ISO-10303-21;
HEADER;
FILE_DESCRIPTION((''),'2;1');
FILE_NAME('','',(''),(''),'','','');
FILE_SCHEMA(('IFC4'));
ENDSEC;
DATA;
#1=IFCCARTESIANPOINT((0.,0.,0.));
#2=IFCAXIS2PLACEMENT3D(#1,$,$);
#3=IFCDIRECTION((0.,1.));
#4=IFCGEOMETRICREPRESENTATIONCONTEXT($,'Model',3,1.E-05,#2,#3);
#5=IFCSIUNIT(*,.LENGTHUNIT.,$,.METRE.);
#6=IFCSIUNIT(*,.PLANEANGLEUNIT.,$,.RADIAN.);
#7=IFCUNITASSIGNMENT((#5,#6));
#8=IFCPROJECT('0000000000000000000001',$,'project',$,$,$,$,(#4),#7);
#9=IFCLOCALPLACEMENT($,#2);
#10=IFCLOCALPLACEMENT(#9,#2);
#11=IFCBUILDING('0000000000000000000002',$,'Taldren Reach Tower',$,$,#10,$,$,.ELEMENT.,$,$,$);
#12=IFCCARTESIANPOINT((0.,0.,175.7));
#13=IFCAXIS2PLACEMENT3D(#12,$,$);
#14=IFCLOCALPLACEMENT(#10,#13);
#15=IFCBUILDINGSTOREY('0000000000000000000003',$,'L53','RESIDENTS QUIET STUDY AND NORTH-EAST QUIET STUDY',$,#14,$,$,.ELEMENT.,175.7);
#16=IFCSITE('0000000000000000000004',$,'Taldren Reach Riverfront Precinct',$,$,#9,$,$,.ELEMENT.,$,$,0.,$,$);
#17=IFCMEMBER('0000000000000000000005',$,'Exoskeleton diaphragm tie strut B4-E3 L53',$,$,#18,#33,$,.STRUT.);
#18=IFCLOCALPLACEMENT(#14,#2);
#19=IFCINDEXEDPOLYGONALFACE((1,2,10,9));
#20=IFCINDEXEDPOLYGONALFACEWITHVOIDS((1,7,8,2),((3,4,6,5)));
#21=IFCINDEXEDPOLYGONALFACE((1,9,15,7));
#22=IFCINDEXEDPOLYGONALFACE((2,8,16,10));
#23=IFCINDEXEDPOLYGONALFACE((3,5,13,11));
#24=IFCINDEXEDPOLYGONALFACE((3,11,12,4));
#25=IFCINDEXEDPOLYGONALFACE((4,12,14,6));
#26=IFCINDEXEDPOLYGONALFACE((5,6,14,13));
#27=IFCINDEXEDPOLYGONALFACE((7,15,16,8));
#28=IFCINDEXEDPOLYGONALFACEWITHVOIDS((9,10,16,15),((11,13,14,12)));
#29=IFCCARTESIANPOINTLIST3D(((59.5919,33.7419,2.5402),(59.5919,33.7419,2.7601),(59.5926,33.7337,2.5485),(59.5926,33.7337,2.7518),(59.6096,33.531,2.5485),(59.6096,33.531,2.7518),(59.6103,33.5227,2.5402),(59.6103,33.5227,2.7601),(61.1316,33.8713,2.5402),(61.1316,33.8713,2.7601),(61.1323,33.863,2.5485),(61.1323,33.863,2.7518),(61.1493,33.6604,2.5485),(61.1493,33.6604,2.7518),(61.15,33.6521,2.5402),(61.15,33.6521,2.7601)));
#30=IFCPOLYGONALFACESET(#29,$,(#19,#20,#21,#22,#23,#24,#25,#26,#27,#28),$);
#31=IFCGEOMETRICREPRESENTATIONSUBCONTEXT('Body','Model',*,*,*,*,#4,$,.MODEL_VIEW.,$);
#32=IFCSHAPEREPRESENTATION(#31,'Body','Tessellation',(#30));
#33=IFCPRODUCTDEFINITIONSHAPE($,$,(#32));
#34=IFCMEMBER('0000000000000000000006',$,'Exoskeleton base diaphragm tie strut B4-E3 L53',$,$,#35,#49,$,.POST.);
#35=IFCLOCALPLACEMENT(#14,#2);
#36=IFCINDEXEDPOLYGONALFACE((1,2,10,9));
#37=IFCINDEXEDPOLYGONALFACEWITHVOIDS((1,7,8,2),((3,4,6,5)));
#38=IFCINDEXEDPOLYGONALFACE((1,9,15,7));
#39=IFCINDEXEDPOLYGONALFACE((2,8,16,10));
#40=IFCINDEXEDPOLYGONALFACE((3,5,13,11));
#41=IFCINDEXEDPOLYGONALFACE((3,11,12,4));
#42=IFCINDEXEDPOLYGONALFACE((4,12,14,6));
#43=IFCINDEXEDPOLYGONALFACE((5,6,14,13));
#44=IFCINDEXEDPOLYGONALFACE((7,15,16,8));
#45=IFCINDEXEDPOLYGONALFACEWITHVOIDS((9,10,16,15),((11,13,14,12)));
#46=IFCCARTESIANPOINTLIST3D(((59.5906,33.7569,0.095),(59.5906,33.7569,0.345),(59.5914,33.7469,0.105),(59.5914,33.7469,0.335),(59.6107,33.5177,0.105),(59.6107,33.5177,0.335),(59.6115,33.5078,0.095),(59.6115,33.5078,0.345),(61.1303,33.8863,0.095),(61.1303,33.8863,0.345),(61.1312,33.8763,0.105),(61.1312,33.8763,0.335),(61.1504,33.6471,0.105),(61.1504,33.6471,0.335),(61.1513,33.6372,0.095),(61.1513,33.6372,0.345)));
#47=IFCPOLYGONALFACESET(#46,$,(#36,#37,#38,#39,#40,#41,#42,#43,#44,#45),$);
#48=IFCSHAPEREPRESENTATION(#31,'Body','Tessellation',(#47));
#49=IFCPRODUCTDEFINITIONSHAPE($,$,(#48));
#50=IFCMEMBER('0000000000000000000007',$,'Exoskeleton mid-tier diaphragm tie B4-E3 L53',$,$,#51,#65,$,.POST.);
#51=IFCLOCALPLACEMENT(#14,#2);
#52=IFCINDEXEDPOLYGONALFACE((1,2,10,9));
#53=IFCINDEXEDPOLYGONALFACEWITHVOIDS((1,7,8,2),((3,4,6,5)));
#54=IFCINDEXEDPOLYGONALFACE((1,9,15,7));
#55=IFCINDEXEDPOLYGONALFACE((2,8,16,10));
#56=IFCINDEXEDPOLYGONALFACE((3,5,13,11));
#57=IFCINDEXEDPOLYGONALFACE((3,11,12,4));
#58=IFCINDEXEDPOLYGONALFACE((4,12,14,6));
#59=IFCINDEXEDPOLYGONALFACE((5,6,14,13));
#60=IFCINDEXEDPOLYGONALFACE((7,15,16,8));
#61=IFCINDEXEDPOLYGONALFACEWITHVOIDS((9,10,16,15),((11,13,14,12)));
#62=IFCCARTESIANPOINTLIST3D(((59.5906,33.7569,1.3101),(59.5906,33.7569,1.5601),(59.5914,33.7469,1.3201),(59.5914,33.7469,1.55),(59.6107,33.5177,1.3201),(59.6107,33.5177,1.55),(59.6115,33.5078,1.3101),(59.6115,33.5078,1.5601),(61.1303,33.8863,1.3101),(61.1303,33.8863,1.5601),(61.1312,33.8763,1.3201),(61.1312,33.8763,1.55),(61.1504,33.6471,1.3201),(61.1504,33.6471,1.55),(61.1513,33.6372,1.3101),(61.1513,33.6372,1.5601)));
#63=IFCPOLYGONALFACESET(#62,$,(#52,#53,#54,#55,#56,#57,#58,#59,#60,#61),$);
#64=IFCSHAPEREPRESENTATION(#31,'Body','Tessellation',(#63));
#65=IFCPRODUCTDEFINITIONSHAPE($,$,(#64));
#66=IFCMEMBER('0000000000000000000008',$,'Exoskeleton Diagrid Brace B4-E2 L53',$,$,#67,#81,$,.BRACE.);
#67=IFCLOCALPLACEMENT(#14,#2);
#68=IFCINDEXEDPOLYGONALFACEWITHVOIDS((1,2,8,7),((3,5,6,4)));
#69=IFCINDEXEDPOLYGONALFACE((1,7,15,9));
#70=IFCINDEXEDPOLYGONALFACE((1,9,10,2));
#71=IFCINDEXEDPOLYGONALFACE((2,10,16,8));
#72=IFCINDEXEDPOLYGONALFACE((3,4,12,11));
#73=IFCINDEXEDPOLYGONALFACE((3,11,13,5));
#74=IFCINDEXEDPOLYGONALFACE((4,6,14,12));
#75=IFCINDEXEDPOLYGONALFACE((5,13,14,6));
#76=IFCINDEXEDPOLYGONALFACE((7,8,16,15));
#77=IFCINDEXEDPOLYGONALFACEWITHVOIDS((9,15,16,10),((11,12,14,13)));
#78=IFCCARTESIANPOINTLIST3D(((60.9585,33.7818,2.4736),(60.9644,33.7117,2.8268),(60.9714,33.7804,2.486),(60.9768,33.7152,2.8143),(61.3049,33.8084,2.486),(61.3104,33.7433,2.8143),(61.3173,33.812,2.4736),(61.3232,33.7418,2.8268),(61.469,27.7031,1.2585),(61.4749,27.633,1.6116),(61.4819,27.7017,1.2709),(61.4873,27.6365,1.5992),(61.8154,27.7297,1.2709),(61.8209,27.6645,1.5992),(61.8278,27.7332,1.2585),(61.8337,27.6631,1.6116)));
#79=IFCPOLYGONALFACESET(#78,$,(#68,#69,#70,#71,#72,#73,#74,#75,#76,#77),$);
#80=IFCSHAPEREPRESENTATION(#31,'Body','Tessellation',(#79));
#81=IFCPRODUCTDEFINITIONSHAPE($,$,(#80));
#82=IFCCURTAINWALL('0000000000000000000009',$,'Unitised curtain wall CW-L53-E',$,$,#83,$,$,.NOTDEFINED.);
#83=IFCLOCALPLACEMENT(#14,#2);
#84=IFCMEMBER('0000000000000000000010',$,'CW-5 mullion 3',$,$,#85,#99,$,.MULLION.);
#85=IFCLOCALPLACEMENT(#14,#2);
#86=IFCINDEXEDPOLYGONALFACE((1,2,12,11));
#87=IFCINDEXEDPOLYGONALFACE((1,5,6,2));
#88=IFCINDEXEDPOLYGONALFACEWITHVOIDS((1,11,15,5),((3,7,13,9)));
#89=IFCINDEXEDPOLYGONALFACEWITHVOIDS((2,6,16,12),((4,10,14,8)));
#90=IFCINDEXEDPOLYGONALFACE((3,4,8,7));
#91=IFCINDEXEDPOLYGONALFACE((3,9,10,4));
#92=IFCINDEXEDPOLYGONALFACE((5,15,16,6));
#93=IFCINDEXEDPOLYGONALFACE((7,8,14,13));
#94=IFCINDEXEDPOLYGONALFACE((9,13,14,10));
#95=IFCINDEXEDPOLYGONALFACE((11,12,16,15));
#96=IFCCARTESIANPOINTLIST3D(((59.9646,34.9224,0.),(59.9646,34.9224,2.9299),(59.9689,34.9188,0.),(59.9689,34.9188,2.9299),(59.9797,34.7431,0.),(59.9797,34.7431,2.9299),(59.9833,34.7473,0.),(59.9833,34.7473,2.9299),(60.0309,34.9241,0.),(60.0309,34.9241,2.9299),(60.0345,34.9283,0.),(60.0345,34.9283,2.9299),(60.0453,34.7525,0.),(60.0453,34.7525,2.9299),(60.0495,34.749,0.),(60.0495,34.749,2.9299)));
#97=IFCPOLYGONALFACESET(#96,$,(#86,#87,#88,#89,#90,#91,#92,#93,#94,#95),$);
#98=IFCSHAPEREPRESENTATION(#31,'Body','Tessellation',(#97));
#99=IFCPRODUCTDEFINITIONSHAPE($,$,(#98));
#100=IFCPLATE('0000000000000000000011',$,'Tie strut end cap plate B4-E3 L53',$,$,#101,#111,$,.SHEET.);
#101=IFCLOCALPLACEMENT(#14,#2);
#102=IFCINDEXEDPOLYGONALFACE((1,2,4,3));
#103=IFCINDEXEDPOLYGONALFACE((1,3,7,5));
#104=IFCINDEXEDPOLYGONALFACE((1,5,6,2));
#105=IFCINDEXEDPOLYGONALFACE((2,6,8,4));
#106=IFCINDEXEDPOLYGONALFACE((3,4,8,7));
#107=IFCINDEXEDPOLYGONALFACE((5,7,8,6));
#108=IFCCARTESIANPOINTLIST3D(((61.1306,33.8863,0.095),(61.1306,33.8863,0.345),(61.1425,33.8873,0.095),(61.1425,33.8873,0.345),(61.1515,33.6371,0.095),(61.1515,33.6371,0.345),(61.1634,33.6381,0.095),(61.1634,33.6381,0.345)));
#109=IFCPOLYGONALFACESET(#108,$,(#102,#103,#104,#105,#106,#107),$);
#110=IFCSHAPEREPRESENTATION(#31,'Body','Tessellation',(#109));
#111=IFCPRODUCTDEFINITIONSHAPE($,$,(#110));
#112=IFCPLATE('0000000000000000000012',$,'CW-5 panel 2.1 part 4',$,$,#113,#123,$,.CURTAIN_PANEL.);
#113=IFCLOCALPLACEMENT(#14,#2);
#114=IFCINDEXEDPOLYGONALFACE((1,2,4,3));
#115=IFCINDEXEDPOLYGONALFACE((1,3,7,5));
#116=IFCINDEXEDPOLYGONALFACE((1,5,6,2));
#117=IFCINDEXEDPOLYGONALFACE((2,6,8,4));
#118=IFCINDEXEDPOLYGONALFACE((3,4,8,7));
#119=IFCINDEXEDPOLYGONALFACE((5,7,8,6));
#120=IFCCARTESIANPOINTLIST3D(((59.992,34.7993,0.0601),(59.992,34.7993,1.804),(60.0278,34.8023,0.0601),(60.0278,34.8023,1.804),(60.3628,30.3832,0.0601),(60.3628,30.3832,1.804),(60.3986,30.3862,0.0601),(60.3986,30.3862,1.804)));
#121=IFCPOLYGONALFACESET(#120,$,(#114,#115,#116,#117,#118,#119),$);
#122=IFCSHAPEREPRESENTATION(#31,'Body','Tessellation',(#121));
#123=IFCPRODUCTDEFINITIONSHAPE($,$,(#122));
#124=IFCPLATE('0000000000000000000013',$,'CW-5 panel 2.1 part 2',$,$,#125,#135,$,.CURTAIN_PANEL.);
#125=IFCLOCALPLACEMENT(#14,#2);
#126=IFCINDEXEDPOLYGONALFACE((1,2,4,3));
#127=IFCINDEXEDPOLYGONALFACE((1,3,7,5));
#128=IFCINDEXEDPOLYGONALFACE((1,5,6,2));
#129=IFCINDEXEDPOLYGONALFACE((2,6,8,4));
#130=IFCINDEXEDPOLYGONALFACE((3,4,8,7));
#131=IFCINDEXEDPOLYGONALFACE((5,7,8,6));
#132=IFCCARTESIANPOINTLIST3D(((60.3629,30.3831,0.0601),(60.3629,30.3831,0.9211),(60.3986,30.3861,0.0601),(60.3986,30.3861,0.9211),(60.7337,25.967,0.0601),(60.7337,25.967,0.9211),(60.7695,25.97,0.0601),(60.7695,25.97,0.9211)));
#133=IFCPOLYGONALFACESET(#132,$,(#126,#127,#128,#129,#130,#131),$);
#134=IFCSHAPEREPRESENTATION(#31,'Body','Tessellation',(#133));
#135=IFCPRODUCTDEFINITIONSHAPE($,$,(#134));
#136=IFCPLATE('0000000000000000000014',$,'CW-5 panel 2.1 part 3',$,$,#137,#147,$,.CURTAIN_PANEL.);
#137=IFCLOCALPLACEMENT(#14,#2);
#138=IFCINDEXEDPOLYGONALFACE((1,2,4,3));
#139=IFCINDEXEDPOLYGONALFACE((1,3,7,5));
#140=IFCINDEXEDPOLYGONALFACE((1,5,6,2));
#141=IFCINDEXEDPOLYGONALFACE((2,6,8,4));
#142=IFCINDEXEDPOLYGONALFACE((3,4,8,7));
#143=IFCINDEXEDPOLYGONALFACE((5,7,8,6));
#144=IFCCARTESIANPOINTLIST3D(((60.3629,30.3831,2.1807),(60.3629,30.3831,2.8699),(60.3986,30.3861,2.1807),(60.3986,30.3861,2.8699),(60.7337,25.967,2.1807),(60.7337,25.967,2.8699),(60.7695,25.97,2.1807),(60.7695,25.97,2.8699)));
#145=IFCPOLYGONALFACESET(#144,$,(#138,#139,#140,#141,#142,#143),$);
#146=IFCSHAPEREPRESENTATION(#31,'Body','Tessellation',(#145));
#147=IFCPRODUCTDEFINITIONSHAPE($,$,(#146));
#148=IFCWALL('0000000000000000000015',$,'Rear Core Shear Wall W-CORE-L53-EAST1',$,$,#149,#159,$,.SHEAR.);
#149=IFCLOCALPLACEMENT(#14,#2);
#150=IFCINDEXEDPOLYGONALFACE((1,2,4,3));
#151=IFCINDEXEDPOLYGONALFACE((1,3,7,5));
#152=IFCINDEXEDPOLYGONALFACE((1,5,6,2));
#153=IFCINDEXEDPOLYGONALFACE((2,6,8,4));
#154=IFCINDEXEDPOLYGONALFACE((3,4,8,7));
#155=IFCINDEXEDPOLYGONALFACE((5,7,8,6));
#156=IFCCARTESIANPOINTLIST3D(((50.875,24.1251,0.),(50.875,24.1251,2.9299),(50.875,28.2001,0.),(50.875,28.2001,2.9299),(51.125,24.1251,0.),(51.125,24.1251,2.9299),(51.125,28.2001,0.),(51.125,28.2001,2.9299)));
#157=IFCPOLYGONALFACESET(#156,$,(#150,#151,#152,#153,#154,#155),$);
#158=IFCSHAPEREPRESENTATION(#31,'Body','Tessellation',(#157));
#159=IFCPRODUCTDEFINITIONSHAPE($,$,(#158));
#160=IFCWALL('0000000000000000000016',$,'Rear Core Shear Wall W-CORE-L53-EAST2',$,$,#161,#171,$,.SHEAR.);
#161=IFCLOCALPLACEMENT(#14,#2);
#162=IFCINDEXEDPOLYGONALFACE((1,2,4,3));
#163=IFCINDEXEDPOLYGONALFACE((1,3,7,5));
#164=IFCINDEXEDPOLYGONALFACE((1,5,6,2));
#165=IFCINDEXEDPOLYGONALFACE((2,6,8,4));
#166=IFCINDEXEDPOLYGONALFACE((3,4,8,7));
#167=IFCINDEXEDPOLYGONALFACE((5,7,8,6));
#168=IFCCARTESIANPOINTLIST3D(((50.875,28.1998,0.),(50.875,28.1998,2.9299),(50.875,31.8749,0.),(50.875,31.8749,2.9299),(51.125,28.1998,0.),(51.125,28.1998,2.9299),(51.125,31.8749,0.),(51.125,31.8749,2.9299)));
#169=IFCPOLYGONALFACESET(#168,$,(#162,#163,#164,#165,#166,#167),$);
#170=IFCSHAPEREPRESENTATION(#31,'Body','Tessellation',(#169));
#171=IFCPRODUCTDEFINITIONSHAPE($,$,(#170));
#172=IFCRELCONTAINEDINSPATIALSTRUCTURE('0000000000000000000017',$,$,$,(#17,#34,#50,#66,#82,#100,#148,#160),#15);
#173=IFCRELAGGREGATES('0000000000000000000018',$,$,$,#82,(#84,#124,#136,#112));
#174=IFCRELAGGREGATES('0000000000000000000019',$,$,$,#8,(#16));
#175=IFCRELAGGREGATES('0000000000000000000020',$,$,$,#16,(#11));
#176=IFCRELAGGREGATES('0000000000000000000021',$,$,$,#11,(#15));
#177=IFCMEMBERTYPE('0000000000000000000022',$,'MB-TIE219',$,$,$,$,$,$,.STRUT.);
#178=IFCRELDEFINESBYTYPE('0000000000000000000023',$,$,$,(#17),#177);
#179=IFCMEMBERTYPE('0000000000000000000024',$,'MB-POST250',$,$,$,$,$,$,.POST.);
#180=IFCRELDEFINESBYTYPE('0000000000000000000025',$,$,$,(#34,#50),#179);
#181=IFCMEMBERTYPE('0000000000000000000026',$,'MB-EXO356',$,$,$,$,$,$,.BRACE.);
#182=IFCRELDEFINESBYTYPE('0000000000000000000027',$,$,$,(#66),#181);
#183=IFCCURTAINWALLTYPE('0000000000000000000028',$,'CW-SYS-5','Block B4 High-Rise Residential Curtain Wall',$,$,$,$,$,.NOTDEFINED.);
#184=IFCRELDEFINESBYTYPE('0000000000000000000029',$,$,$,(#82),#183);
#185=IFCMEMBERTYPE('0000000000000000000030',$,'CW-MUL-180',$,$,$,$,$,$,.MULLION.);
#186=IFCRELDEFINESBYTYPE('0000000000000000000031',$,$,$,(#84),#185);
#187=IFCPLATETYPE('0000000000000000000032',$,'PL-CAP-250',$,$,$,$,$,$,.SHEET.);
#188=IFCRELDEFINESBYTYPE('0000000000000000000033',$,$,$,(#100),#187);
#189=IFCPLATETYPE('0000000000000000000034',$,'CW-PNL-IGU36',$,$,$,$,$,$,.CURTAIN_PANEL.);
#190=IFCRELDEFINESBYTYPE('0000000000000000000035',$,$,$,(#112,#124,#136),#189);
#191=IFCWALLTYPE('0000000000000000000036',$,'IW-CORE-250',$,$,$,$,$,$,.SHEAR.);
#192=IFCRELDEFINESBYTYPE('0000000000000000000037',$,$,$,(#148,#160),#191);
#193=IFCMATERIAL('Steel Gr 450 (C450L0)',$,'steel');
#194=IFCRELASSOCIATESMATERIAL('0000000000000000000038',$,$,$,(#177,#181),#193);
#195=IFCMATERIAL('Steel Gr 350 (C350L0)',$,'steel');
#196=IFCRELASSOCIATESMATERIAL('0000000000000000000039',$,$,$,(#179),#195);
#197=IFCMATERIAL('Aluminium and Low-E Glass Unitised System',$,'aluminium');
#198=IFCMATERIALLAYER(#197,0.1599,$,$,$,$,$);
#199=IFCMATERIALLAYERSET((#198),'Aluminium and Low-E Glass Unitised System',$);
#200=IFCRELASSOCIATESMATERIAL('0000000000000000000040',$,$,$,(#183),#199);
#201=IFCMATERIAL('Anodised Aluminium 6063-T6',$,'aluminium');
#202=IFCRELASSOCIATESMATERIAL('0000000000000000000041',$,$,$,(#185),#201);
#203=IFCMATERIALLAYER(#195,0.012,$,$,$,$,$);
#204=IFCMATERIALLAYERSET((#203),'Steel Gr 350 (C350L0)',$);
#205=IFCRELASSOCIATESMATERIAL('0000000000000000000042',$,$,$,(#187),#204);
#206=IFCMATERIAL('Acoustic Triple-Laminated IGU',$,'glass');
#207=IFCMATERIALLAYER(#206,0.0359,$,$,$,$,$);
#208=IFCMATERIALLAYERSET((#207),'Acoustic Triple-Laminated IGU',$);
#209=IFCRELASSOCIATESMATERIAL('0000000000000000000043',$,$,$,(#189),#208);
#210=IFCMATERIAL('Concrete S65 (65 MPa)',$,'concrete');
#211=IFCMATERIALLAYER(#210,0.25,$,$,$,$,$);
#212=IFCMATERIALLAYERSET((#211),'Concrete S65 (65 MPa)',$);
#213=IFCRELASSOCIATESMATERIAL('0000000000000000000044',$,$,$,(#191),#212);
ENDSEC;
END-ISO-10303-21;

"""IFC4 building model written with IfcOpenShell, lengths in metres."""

from ifc_helpers import new_model, si_unit, direction, frame, frame_2d, origin, origin_2d, place, context, subcontext, project, spatial, rectangle, hollow_rectangle, extrude, source, transform, mapped, material, layer, layer_set, material_profile, profile_set, type_object, element, aggregate, save


model = new_model("IFC4")

# Units and contexts
model_context = context("Model", 3, precision=1e-05, world=origin(), true_north=direction((0.0, 1.0)))
body_context = subcontext(model_context, "Body", "Model", "MODEL_VIEW")
ifc_project = project(units=[si_unit("LENGTHUNIT", "METRE"), si_unit("PLANEANGLEUNIT", "RADIAN")], contexts=[model_context])

# Site, building, storey
site_placement = place(None, origin())
site = spatial("IfcSite", under=ifc_project, at=site_placement, Name="Taldren Reach Riverfront Precinct", CompositionType="ELEMENT", RefElevation=0.0)
building_placement = place(site_placement, origin())
building = spatial("IfcBuilding", under=site, at=building_placement, Name="Taldren Reach Tower", CompositionType="ELEMENT")
storey_placement = place(building_placement, frame((0.0, 0.0, 175.7)))
storey = spatial("IfcBuildingStorey", under=building, at=storey_placement, Name="L53", Description="RESIDENTS QUIET STUDY AND NORTH-EAST QUIET STUDY", CompositionType="ELEMENT", Elevation=175.7)

# Shared definitions
ifc_material_1 = material(Name="Steel Gr 450 (C450L0)", Category="steel")

# Members
ifc_material_profile_1 = material_profile(ifc_material_1, hollow_rectangle(XDim=0.22, YDim=0.22, WallThickness=0.0083, at=origin_2d()), Name="220x220x8.2SHS")
ifc_profile_set_1 = profile_set([ifc_material_profile_1], Name="Steel Gr 450 (C450L0)")
member_type_1 = type_object("IfcMemberType", Name="MB-TIE219", PredefinedType="STRUT", material=ifc_profile_set_1)
shared_shape_1 = source(origin(), body_context, "Body", "SweptSolid", [
    extrude(hollow_rectangle(XDim=0.22, YDim=0.22, WallThickness=0.0083, at=origin_2d()), origin(), (0.0, 0.0, 1.0), 1.5452),
])
member_1_placement = place(storey_placement, frame((59.6011, 33.6323, 2.6501), z_axis=(0.996488, 0.083738, 0.0), x_axis=(-0.083738, 0.996488, 0.0)))
element("IfcMember", 1, at=member_1_placement, inside=storey, type_object=member_type_1, Name="Exoskeleton diaphragm tie strut B4-E3 L53", PredefinedType="STRUT", context=body_context, shape_type="MappedRepresentation", body=[
    mapped(shared_shape_1, transform((0.0, 0.0, 0.0), scale=1.0)),
])
ifc_material_2 = material(Name="Steel Gr 350 (C350L0)", Category="steel")
ifc_material_profile_2 = material_profile(ifc_material_2, hollow_rectangle(XDim=0.25, YDim=0.25, WallThickness=0.01, at=origin_2d()), Name="250x250x10.0SHS")
ifc_profile_set_2 = profile_set([ifc_material_profile_2], Name="Steel Gr 350 (C350L0)")
member_type_2 = type_object("IfcMemberType", Name="MB-POST250", PredefinedType="POST", material=ifc_profile_set_2)
shared_shape_2 = source(origin(), body_context, "Body", "SweptSolid", [
    extrude(hollow_rectangle(XDim=0.25, YDim=0.25, WallThickness=0.01, at=origin_2d()), origin(), (0.0, 0.0, 1.0), 1.5452),
])
for number, where, z_axis, x_axis, name in (
    (2, (59.6011, 33.6323, 0.22), (0.996488, 0.083738, 0.0), (-0.083738, 0.996488, 0.0), "Exoskeleton base diaphragm tie strut B4-E3 L53"),
    (3, (59.6011, 33.6323, 1.4351), (0.996488, 0.083738, 0.0), (-0.083738, 0.996488, 0.0), "Exoskeleton mid-tier diaphragm tie B4-E3 L53"),
):
    element("IfcMember", number, at=place(storey_placement, frame(where, z_axis=z_axis, x_axis=x_axis)), inside=storey, type_object=member_type_2, Name=name, PredefinedType="POST", context=body_context, shape_type="MappedRepresentation", body=[
        mapped(shared_shape_2, transform((0.0, 0.0, 0.0), scale=1.0)),
    ])
ifc_material_profile_3 = material_profile(ifc_material_1, hollow_rectangle(XDim=0.3601, YDim=0.3601, WallThickness=0.0127, at=origin_2d()), Name="360x360x12.7SHS")
ifc_profile_set_3 = profile_set([ifc_material_profile_3], Name="Steel Gr 450 (C450L0)")
member_type_3 = type_object("IfcMemberType", Name="MB-EXO356", PredefinedType="BRACE", material=ifc_profile_set_3)
shared_shape_3 = source(origin(), body_context, "Body", "SweptSolid", [
    extrude(hollow_rectangle(XDim=0.3601, YDim=0.3601, WallThickness=0.0127, at=origin_2d()), origin(), (0.0, 0.0, 1.0), 6.22),
])
member_2_placement = place(storey_placement, frame((61.6514, 27.6831, 1.4351), z_axis=(-0.082076, 0.977292, 0.195356), x_axis=(-0.996492, -0.083688, 0.0)))
element("IfcMember", 4, at=member_2_placement, inside=storey, type_object=member_type_3, Name="Exoskeleton Diagrid Brace B4-E2 L53", PredefinedType="BRACE", context=body_context, shape_type="MappedRepresentation", body=[
    mapped(shared_shape_3, transform((0.0, 0.0, 0.0), scale=1.0)),
])

# Curtain wall, member
ifc_material_3 = material(Name="Aluminium and Low-E Glass Unitised System", Category="aluminium")
ifc_layer_1 = layer(ifc_material_3, 0.1599)
ifc_layer_set_1 = layer_set([ifc_layer_1], Name="Aluminium and Low-E Glass Unitised System")
curtain_wall_type = type_object("IfcCurtainWallType", Name="CW-SYS-5", Description="Block B4 High-Rise Residential Curtain Wall", PredefinedType="NOTDEFINED", material=ifc_layer_set_1)
curtain_wall_placement = place(storey_placement, origin())
curtain_wall = element("IfcCurtainWall", 5, at=curtain_wall_placement, inside=storey, type_object=curtain_wall_type, Name="Unitised curtain wall CW-L53-E", PredefinedType="NOTDEFINED")
ifc_material_4 = material(Name="Anodised Aluminium 6063-T6", Category="aluminium")
ifc_material_profile_4 = material_profile(ifc_material_4, hollow_rectangle(XDim=0.0701, YDim=0.1799, WallThickness=0.0039, at=origin_2d()), Name="ALU-180x70x4RHS")
ifc_profile_set_4 = profile_set([ifc_material_profile_4], Name="Anodised Aluminium 6063-T6")
member_type_4 = type_object("IfcMemberType", Name="CW-MUL-180", PredefinedType="MULLION", material=ifc_profile_set_4)
shared_shape_4 = source(origin(), body_context, "Body", "SweptSolid", [
    extrude(hollow_rectangle(XDim=0.0701, YDim=0.1799, WallThickness=0.0039, at=origin_2d()), origin(), (0.0, 0.0, 1.0), 2.9299),
])
member_3_placement = place(storey_placement, frame((60.0071, 34.8357, 0.0), z_axis=(0.0, 0.0, 1.0), x_axis=(-0.996493, -0.083678, 0.0)))
member_3 = element("IfcMember", 6, at=member_3_placement, type_object=member_type_4, Name="CW-5 mullion 3", PredefinedType="MULLION", context=body_context, shape_type="MappedRepresentation", body=[
    mapped(shared_shape_4, transform((0.0, 0.0, 0.0), scale=1.0)),
])

# Plates
ifc_layer_2 = layer(ifc_material_2, 0.012)
ifc_layer_set_2 = layer_set([ifc_layer_2], Name="Steel Gr 350 (C350L0)")
plate_type_1 = type_object("IfcPlateType", Name="PL-CAP-250", PredefinedType="SHEET", material=ifc_layer_set_2)
shared_shape_5 = source(origin(), body_context, "Body", "SweptSolid", [
    extrude(rectangle(XDim=0.012, YDim=0.25, at=origin_2d()), origin(), (0.0, 0.0, 1.0), 0.25),
])
plate_1_placement = place(storey_placement, frame((61.147, 33.7622, 0.095), z_axis=(0.0, 0.0, 1.0), x_axis=(0.996493, 0.083678, 0.0)))
element("IfcPlate", 7, at=plate_1_placement, inside=storey, type_object=plate_type_1, Name="Tie strut end cap plate B4-E3 L53", PredefinedType="SHEET", context=body_context, shape_type="MappedRepresentation", body=[
    mapped(shared_shape_5, transform((0.0, 0.0, 0.0), scale=1.0)),
])
ifc_material_5 = material(Name="Acoustic Triple-Laminated IGU", Category="glass")
ifc_layer_3 = layer(ifc_material_5, 0.0359)
ifc_layer_set_3 = layer_set([ifc_layer_3], Name="Acoustic Triple-Laminated IGU")
plate_type_2 = type_object("IfcPlateType", Name="CW-PNL-IGU36", PredefinedType="CURTAIN_PANEL", material=ifc_layer_set_3)
shared_shape_6 = source(origin(), body_context, "Body", "SweptSolid", [
    extrude(rectangle(XDim=4.4316, YDim=0.0359, at=origin_2d()), origin(), (0.0, 0.0, 1.0), 1.7439),
])
plate_2_placement = place(storey_placement, frame((60.1953, 32.5928, 0.0601), z_axis=(0.0, 0.0, 1.0), x_axis=(-0.083678, 0.996493, 0.0)))
plate_2 = element("IfcPlate", 8, at=plate_2_placement, type_object=plate_type_2, Name="CW-5 panel 2.1 part 4", PredefinedType="CURTAIN_PANEL", context=body_context, shape_type="MappedRepresentation", body=[
    mapped(shared_shape_6, transform((0.0, 0.0, 0.0), scale=1.0)),
])
shared_shape_7 = source(origin(), body_context, "Body", "SweptSolid", [
    extrude(rectangle(XDim=4.4316, YDim=0.0359, at=origin_2d()), origin(), (0.0, 0.0, 1.0), 0.8611),
])
plate_3_placement = place(storey_placement, frame((60.5662, 28.1765, 0.0601), z_axis=(0.0, 0.0, 1.0), x_axis=(-0.083678, 0.996493, 0.0)))
plate_3 = element("IfcPlate", 9, at=plate_3_placement, type_object=plate_type_2, Name="CW-5 panel 2.1 part 2", PredefinedType="CURTAIN_PANEL", context=body_context, shape_type="MappedRepresentation", body=[
    mapped(shared_shape_7, transform((0.0, 0.0, 0.0), scale=1.0)),
])
shared_shape_8 = source(origin(), body_context, "Body", "SweptSolid", [
    extrude(rectangle(XDim=4.4316, YDim=0.0359, at=origin_2d()), origin(), (0.0, 0.0, 1.0), 0.6892),
])
plate_4_placement = place(storey_placement, frame((60.5662, 28.1765, 2.1807), z_axis=(0.0, 0.0, 1.0), x_axis=(-0.083678, 0.996493, 0.0)))
plate_4 = element("IfcPlate", 10, at=plate_4_placement, type_object=plate_type_2, Name="CW-5 panel 2.1 part 3", PredefinedType="CURTAIN_PANEL", context=body_context, shape_type="MappedRepresentation", body=[
    mapped(shared_shape_8, transform((0.0, 0.0, 0.0), scale=1.0)),
])
aggregate(curtain_wall, [member_3, plate_3, plate_4, plate_2])

# Walls
ifc_material_6 = material(Name="Concrete S65 (65 MPa)", Category="concrete")
ifc_layer_4 = layer(ifc_material_6, 0.25)
ifc_layer_set_4 = layer_set([ifc_layer_4], Name="Concrete S65 (65 MPa)")
wall_type_1 = type_object("IfcWallType", Name="IW-CORE-250", PredefinedType="SHEAR", material=ifc_layer_set_4)
shared_shape_9 = source(origin(), body_context, "Body", "SweptSolid", [
    extrude(rectangle(XDim=4.075, YDim=0.25, at=frame_2d((2.0376, 0.0))), origin(), (0.0, 0.0, 1.0), 2.9299),
])
wall_1_placement = place(storey_placement, frame((51.0, 24.125, 0.0), z_axis=(0.0, 0.0, 1.0), x_axis=(0.0, 1.0, 0.0)))
element("IfcWall", 11, at=wall_1_placement, inside=storey, type_object=wall_type_1, Name="Rear Core Shear Wall W-CORE-L53-EAST1", PredefinedType="SHEAR", context=body_context, shape_type="MappedRepresentation", body=[
    mapped(shared_shape_9, transform((0.0, 0.0, 0.0), scale=1.0)),
])
shared_shape_10 = source(origin(), body_context, "Body", "SweptSolid", [
    extrude(rectangle(XDim=3.675, YDim=0.25, at=frame_2d((1.8374, 0.0))), origin(), (0.0, 0.0, 1.0), 2.9299),
])
wall_2_placement = place(storey_placement, frame((51.0, 28.2, 0.0), z_axis=(0.0, 0.0, 1.0), x_axis=(0.0, 1.0, 0.0)))
element("IfcWall", 12, at=wall_2_placement, inside=storey, type_object=wall_type_1, Name="Rear Core Shear Wall W-CORE-L53-EAST2", PredefinedType="SHEAR", context=body_context, shape_type="MappedRepresentation", body=[
    mapped(shared_shape_10, transform((0.0, 0.0, 0.0), scale=1.0)),
])

save(model, "model.ifc")
